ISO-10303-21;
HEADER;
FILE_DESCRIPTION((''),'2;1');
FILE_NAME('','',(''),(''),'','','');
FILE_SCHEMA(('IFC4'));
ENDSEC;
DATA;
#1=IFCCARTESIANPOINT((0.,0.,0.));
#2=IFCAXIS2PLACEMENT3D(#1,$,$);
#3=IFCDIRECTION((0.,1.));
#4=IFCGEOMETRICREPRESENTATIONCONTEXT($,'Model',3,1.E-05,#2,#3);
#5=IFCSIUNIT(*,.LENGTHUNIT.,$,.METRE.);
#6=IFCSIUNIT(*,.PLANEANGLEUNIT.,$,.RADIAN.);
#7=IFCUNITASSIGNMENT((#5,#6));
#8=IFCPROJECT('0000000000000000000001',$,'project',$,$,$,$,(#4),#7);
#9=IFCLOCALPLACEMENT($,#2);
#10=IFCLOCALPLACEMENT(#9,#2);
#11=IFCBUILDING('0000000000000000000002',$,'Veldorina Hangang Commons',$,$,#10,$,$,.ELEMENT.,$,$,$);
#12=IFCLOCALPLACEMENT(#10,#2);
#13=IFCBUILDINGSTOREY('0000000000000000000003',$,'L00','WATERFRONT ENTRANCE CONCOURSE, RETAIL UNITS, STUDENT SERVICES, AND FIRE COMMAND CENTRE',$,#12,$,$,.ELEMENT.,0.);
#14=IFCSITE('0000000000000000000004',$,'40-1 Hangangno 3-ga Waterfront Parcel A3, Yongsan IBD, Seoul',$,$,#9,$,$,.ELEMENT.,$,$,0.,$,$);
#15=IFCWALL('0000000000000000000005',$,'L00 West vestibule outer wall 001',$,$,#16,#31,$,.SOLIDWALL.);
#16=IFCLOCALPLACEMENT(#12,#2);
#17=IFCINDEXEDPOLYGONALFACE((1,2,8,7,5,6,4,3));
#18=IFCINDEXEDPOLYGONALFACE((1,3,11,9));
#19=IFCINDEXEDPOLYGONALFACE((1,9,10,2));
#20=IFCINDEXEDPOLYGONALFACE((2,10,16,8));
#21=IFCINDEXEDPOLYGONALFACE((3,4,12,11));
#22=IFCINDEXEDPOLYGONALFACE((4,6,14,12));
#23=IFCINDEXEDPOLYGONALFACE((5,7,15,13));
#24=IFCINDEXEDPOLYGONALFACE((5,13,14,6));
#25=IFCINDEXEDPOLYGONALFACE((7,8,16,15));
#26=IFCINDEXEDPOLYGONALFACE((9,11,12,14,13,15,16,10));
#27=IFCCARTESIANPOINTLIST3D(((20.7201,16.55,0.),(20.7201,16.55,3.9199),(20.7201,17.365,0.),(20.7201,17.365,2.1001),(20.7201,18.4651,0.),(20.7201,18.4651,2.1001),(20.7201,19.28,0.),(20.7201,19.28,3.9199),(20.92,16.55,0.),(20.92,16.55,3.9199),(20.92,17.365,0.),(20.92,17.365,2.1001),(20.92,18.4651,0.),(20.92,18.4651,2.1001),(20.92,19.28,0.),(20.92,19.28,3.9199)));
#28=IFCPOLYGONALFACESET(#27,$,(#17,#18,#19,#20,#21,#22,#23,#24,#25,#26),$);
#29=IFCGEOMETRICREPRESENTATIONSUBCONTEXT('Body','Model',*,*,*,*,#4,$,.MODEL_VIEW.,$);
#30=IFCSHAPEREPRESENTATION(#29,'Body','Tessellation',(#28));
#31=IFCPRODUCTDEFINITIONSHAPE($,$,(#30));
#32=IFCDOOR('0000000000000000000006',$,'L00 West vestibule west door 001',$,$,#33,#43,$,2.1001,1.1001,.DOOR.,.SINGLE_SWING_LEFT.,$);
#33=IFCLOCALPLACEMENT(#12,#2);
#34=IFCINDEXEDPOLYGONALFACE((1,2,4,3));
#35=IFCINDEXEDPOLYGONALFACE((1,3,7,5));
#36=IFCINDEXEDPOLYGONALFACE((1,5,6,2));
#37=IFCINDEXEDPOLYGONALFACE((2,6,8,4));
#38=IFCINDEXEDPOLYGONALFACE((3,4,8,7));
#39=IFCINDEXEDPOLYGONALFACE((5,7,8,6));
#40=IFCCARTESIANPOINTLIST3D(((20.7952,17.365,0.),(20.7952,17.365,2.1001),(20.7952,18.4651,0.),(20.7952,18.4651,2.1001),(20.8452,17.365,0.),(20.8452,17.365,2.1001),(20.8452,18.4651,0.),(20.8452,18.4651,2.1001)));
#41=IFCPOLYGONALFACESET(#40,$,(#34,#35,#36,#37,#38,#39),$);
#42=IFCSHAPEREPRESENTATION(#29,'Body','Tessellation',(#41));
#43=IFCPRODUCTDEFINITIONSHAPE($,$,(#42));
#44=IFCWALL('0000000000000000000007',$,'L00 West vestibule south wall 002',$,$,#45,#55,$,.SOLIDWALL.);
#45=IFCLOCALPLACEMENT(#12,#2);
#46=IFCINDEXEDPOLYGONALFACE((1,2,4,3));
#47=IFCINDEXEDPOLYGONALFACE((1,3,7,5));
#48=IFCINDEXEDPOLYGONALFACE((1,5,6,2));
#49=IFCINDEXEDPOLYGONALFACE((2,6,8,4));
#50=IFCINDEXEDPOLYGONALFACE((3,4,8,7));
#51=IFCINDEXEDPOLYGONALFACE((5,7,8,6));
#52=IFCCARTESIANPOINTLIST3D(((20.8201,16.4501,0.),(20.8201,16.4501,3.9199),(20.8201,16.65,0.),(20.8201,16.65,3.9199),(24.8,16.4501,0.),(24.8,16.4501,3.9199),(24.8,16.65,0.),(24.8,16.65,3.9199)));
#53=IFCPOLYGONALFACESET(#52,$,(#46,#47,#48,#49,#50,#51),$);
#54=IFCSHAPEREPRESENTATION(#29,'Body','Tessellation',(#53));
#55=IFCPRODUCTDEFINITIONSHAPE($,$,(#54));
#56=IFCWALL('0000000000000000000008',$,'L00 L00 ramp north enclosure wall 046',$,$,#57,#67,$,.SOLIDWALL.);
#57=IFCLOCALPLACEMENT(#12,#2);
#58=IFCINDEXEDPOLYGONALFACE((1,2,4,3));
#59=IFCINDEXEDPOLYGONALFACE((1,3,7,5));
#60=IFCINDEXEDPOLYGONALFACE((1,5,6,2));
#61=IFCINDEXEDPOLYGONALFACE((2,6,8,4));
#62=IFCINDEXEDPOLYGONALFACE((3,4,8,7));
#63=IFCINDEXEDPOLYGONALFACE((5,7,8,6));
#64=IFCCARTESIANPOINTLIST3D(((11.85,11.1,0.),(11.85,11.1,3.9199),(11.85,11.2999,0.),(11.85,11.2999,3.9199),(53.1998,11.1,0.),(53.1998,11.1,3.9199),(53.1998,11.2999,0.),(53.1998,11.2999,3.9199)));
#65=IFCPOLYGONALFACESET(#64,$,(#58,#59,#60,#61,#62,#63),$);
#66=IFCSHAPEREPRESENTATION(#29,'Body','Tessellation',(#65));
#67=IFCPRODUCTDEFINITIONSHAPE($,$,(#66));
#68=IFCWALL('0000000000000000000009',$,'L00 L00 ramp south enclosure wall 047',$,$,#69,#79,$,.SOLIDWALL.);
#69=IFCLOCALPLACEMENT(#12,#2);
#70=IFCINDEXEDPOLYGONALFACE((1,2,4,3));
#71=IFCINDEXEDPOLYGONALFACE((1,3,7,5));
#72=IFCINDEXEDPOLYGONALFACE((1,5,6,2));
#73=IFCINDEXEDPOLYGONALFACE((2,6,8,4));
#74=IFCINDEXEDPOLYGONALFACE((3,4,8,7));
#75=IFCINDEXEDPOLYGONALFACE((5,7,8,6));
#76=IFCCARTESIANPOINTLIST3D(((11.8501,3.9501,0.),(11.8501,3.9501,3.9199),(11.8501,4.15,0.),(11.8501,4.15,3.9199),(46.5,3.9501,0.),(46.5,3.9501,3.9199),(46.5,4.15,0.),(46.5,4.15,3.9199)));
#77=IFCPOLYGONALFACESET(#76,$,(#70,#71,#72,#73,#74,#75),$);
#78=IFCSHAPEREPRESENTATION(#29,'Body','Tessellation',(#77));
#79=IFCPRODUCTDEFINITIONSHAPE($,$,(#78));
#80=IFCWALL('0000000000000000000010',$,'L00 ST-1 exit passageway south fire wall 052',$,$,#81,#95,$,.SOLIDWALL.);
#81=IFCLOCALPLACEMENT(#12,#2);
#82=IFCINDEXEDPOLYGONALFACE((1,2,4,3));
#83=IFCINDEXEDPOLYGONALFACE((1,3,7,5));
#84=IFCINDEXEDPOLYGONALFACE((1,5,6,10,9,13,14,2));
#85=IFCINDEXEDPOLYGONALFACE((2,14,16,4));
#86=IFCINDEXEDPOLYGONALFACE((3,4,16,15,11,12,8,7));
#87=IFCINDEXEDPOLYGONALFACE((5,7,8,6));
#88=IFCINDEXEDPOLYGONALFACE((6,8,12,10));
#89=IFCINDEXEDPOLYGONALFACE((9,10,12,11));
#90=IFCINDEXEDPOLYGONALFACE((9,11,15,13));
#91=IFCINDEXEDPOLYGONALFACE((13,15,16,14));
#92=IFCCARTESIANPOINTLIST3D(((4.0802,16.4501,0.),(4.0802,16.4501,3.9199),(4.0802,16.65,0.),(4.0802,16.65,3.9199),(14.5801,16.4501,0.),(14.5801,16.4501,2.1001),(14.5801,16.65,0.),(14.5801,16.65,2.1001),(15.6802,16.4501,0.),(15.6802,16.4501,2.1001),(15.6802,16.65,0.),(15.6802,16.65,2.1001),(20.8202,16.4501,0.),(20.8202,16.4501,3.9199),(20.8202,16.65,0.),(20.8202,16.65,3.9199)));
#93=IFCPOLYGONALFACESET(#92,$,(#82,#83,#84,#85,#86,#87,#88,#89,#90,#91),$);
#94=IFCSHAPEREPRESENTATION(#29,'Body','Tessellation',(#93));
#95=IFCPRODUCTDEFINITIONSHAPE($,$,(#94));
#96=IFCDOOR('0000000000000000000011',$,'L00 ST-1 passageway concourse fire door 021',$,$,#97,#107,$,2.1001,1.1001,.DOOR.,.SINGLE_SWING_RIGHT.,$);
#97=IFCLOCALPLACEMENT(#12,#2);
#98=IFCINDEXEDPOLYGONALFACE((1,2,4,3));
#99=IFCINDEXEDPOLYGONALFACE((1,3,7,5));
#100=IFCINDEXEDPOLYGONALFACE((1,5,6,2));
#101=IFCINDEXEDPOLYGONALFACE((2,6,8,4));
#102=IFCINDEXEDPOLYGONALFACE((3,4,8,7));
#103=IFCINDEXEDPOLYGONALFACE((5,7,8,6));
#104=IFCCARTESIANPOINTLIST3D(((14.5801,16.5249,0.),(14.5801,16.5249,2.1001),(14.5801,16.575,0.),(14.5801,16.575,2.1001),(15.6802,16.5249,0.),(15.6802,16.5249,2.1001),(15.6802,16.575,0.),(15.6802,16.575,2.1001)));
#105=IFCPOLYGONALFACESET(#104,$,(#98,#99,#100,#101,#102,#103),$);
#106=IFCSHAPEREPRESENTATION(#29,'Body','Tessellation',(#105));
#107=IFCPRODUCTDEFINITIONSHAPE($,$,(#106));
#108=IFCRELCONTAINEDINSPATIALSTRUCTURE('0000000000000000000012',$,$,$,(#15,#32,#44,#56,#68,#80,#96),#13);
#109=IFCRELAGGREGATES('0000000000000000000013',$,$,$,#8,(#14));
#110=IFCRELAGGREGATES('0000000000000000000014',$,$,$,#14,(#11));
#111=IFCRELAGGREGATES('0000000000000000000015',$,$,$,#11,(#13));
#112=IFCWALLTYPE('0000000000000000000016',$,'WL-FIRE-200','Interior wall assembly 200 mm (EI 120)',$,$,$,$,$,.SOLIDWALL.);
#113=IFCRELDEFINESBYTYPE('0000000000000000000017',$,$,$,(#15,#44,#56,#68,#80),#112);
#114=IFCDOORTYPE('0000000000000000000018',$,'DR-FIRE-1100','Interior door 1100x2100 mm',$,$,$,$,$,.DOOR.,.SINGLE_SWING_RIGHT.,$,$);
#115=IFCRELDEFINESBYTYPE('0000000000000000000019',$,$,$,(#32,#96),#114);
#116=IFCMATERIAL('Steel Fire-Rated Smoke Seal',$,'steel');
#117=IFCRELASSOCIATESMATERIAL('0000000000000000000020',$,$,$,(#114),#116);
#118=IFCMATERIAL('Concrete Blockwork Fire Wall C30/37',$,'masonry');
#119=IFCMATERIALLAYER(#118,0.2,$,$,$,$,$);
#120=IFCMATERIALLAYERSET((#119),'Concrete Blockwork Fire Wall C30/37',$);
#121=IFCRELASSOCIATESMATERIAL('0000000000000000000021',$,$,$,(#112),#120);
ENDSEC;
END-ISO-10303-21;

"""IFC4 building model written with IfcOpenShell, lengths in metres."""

from ifc_helpers import new_model, si_unit, direction, frame, frame_2d, origin, place, context, subcontext, project, spatial, rectangle, extrude, material, layer, layer_set, type_object, element, fill, save


model = new_model("IFC4")

# Units and contexts
model_context = context("Model", 3, precision=1e-05, world=origin(), true_north=direction((0.0, 1.0)))
body_context = subcontext(model_context, "Body", "Model", "MODEL_VIEW")
ifc_project = project(units=[si_unit("LENGTHUNIT", "METRE"), si_unit("PLANEANGLEUNIT", "RADIAN")], contexts=[model_context])

# Site, building, storey
site_placement = place(None, origin())
site = spatial("IfcSite", under=ifc_project, at=site_placement, Name="40-1 Hangangno 3-ga Waterfront Parcel A3, Yongsan IBD, Seoul", CompositionType="ELEMENT", RefElevation=0.0)
building_placement = place(site_placement, origin())
building = spatial("IfcBuilding", under=site, at=building_placement, Name="Veldorina Hangang Commons", CompositionType="ELEMENT")
storey_placement = place(building_placement, origin())
storey = spatial("IfcBuildingStorey", under=building, at=storey_placement, Name="L00", Description="WATERFRONT ENTRANCE CONCOURSE, RETAIL UNITS, STUDENT SERVICES, AND FIRE COMMAND CENTRE", CompositionType="ELEMENT", Elevation=0.0)

# Wall, opening, door
ifc_material_1 = material(Name="Steel Fire-Rated Smoke Seal", Category="steel")
door_type_1 = type_object("IfcDoorType", Name="DR-FIRE-1100", Description="Interior door 1100x2100 mm", OperationType="SINGLE_SWING_RIGHT", PredefinedType="DOOR", material=ifc_material_1)
ifc_material_2 = material(Name="Concrete Blockwork Fire Wall C30/37", Category="masonry")
ifc_layer_1 = layer(ifc_material_2, 0.2)
ifc_layer_set_1 = layer_set([ifc_layer_1], Name="Concrete Blockwork Fire Wall C30/37")
wall_type_1 = type_object("IfcWallType", Name="WL-FIRE-200", Description="Interior wall assembly 200 mm (EI 120)", PredefinedType="SOLIDWALL", material=ifc_layer_set_1)
wall_1_placement = place(storey_placement, frame((20.8201, 16.55, 0.0), z_axis=(0.0, 0.0, 1.0), x_axis=(0.0, 1.0, 0.0)))
wall_1 = element("IfcWall", 1, at=wall_1_placement, inside=storey, type_object=wall_type_1, Name="L00 West vestibule outer wall 001", PredefinedType="SOLIDWALL", context=body_context, shape_type="SweptSolid", body=[
    extrude(rectangle(XDim=2.73, YDim=0.2, at=frame_2d((1.365, 0.0))), origin(), (0.0, 0.0, 1.0), 3.9199),
])
opening_1_placement = place(wall_1_placement, frame((0.8149, 0.0, 0.0)))
opening_1 = element("IfcOpeningElement", 2, at=opening_1_placement, cuts=wall_1, PredefinedType="OPENING", context=body_context, shape_type="SweptSolid", body=[
    extrude(rectangle(XDim=1.1001, YDim=2.1001, at=frame_2d((0.55, 1.05))), frame((0.0, 0.1099, 0.0), z_axis=(0.0, -1.0, 0.0), x_axis=(1.0, 0.0, 0.0)), (0.0, 0.0, 1.0), 0.22),
])
door_1_placement = place(opening_1_placement, origin())
door_1 = element("IfcDoor", 3, at=door_1_placement, inside=storey, type_object=door_type_1, Name="L00 West vestibule west door 001", OperationType="SINGLE_SWING_LEFT", OverallHeight=2.1001, OverallWidth=1.1001, PredefinedType="DOOR", context=body_context, shape_type="SweptSolid", body=[
    extrude(rectangle(XDim=1.1001, YDim=2.1001, at=frame_2d((0.55, 1.05))), frame((0.0, 0.0249, 0.0), z_axis=(0.0, -1.0, 0.0), x_axis=(1.0, 0.0, 0.0)), (0.0, 0.0, 1.0), 0.05),
])
fill(opening_1, door_1)

# Walls
wall_2_placement = place(storey_placement, frame((20.8201, 16.55, 0.0), z_axis=(0.0, 0.0, 1.0), x_axis=(1.0, 0.0, 0.0)))
element("IfcWall", 4, at=wall_2_placement, inside=storey, type_object=wall_type_1, Name="L00 West vestibule south wall 002", PredefinedType="SOLIDWALL", context=body_context, shape_type="SweptSolid", body=[
    extrude(rectangle(XDim=3.98, YDim=0.2, at=frame_2d((1.99, 0.0))), origin(), (0.0, 0.0, 1.0), 3.9199),
])
wall_3_placement = place(storey_placement, frame((11.8501, 11.2, 0.0), z_axis=(0.0, 0.0, 1.0), x_axis=(1.0, 0.0, 0.0)))
element("IfcWall", 5, at=wall_3_placement, inside=storey, type_object=wall_type_1, Name="L00 L00 ramp north enclosure wall 046", PredefinedType="SOLIDWALL", context=body_context, shape_type="SweptSolid", body=[
    extrude(rectangle(XDim=41.3499, YDim=0.2, at=frame_2d((20.6748, 0.0))), origin(), (0.0, 0.0, 1.0), 3.9199),
])
wall_4_placement = place(storey_placement, frame((11.8501, 4.05, 0.0), z_axis=(0.0, 0.0, 1.0), x_axis=(1.0, 0.0, 0.0)))
element("IfcWall", 6, at=wall_4_placement, inside=storey, type_object=wall_type_1, Name="L00 L00 ramp south enclosure wall 047", PredefinedType="SOLIDWALL", context=body_context, shape_type="SweptSolid", body=[
    extrude(rectangle(XDim=34.6499, YDim=0.2, at=frame_2d((17.325, 0.0))), origin(), (0.0, 0.0, 1.0), 3.9199),
])

# Wall, opening, door
wall_5_placement = place(storey_placement, frame((4.0801, 16.55, 0.0), z_axis=(0.0, 0.0, 1.0), x_axis=(1.0, 0.0, 0.0)))
wall_5 = element("IfcWall", 7, at=wall_5_placement, inside=storey, type_object=wall_type_1, Name="L00 ST-1 exit passageway south fire wall 052", PredefinedType="SOLIDWALL", context=body_context, shape_type="SweptSolid", body=[
    extrude(rectangle(XDim=16.74, YDim=0.2, at=frame_2d((8.3701, 0.0))), origin(), (0.0, 0.0, 1.0), 3.9199),
])
opening_2_placement = place(wall_5_placement, frame((10.5, 0.0, 0.0)))
opening_2 = element("IfcOpeningElement", 8, at=opening_2_placement, cuts=wall_5, PredefinedType="OPENING", context=body_context, shape_type="SweptSolid", body=[
    extrude(rectangle(XDim=1.1001, YDim=2.1001, at=frame_2d((0.55, 1.05))), frame((0.0, 0.1099, 0.0), z_axis=(0.0, -1.0, 0.0), x_axis=(1.0, 0.0, 0.0)), (0.0, 0.0, 1.0), 0.22),
])
door_2_placement = place(opening_2_placement, origin())
door_2 = element("IfcDoor", 9, at=door_2_placement, inside=storey, type_object=door_type_1, Name="L00 ST-1 passageway concourse fire door 021", OperationType="SINGLE_SWING_RIGHT", OverallHeight=2.1001, OverallWidth=1.1001, PredefinedType="DOOR", context=body_context, shape_type="SweptSolid", body=[
    extrude(rectangle(XDim=1.1001, YDim=2.1001, at=frame_2d((0.55, 1.05))), frame((0.0, 0.0249, 0.0), z_axis=(0.0, -1.0, 0.0), x_axis=(1.0, 0.0, 0.0)), (0.0, 0.0, 1.0), 0.05),
])
fill(opening_2, door_2)

save(model, "model.ifc")
